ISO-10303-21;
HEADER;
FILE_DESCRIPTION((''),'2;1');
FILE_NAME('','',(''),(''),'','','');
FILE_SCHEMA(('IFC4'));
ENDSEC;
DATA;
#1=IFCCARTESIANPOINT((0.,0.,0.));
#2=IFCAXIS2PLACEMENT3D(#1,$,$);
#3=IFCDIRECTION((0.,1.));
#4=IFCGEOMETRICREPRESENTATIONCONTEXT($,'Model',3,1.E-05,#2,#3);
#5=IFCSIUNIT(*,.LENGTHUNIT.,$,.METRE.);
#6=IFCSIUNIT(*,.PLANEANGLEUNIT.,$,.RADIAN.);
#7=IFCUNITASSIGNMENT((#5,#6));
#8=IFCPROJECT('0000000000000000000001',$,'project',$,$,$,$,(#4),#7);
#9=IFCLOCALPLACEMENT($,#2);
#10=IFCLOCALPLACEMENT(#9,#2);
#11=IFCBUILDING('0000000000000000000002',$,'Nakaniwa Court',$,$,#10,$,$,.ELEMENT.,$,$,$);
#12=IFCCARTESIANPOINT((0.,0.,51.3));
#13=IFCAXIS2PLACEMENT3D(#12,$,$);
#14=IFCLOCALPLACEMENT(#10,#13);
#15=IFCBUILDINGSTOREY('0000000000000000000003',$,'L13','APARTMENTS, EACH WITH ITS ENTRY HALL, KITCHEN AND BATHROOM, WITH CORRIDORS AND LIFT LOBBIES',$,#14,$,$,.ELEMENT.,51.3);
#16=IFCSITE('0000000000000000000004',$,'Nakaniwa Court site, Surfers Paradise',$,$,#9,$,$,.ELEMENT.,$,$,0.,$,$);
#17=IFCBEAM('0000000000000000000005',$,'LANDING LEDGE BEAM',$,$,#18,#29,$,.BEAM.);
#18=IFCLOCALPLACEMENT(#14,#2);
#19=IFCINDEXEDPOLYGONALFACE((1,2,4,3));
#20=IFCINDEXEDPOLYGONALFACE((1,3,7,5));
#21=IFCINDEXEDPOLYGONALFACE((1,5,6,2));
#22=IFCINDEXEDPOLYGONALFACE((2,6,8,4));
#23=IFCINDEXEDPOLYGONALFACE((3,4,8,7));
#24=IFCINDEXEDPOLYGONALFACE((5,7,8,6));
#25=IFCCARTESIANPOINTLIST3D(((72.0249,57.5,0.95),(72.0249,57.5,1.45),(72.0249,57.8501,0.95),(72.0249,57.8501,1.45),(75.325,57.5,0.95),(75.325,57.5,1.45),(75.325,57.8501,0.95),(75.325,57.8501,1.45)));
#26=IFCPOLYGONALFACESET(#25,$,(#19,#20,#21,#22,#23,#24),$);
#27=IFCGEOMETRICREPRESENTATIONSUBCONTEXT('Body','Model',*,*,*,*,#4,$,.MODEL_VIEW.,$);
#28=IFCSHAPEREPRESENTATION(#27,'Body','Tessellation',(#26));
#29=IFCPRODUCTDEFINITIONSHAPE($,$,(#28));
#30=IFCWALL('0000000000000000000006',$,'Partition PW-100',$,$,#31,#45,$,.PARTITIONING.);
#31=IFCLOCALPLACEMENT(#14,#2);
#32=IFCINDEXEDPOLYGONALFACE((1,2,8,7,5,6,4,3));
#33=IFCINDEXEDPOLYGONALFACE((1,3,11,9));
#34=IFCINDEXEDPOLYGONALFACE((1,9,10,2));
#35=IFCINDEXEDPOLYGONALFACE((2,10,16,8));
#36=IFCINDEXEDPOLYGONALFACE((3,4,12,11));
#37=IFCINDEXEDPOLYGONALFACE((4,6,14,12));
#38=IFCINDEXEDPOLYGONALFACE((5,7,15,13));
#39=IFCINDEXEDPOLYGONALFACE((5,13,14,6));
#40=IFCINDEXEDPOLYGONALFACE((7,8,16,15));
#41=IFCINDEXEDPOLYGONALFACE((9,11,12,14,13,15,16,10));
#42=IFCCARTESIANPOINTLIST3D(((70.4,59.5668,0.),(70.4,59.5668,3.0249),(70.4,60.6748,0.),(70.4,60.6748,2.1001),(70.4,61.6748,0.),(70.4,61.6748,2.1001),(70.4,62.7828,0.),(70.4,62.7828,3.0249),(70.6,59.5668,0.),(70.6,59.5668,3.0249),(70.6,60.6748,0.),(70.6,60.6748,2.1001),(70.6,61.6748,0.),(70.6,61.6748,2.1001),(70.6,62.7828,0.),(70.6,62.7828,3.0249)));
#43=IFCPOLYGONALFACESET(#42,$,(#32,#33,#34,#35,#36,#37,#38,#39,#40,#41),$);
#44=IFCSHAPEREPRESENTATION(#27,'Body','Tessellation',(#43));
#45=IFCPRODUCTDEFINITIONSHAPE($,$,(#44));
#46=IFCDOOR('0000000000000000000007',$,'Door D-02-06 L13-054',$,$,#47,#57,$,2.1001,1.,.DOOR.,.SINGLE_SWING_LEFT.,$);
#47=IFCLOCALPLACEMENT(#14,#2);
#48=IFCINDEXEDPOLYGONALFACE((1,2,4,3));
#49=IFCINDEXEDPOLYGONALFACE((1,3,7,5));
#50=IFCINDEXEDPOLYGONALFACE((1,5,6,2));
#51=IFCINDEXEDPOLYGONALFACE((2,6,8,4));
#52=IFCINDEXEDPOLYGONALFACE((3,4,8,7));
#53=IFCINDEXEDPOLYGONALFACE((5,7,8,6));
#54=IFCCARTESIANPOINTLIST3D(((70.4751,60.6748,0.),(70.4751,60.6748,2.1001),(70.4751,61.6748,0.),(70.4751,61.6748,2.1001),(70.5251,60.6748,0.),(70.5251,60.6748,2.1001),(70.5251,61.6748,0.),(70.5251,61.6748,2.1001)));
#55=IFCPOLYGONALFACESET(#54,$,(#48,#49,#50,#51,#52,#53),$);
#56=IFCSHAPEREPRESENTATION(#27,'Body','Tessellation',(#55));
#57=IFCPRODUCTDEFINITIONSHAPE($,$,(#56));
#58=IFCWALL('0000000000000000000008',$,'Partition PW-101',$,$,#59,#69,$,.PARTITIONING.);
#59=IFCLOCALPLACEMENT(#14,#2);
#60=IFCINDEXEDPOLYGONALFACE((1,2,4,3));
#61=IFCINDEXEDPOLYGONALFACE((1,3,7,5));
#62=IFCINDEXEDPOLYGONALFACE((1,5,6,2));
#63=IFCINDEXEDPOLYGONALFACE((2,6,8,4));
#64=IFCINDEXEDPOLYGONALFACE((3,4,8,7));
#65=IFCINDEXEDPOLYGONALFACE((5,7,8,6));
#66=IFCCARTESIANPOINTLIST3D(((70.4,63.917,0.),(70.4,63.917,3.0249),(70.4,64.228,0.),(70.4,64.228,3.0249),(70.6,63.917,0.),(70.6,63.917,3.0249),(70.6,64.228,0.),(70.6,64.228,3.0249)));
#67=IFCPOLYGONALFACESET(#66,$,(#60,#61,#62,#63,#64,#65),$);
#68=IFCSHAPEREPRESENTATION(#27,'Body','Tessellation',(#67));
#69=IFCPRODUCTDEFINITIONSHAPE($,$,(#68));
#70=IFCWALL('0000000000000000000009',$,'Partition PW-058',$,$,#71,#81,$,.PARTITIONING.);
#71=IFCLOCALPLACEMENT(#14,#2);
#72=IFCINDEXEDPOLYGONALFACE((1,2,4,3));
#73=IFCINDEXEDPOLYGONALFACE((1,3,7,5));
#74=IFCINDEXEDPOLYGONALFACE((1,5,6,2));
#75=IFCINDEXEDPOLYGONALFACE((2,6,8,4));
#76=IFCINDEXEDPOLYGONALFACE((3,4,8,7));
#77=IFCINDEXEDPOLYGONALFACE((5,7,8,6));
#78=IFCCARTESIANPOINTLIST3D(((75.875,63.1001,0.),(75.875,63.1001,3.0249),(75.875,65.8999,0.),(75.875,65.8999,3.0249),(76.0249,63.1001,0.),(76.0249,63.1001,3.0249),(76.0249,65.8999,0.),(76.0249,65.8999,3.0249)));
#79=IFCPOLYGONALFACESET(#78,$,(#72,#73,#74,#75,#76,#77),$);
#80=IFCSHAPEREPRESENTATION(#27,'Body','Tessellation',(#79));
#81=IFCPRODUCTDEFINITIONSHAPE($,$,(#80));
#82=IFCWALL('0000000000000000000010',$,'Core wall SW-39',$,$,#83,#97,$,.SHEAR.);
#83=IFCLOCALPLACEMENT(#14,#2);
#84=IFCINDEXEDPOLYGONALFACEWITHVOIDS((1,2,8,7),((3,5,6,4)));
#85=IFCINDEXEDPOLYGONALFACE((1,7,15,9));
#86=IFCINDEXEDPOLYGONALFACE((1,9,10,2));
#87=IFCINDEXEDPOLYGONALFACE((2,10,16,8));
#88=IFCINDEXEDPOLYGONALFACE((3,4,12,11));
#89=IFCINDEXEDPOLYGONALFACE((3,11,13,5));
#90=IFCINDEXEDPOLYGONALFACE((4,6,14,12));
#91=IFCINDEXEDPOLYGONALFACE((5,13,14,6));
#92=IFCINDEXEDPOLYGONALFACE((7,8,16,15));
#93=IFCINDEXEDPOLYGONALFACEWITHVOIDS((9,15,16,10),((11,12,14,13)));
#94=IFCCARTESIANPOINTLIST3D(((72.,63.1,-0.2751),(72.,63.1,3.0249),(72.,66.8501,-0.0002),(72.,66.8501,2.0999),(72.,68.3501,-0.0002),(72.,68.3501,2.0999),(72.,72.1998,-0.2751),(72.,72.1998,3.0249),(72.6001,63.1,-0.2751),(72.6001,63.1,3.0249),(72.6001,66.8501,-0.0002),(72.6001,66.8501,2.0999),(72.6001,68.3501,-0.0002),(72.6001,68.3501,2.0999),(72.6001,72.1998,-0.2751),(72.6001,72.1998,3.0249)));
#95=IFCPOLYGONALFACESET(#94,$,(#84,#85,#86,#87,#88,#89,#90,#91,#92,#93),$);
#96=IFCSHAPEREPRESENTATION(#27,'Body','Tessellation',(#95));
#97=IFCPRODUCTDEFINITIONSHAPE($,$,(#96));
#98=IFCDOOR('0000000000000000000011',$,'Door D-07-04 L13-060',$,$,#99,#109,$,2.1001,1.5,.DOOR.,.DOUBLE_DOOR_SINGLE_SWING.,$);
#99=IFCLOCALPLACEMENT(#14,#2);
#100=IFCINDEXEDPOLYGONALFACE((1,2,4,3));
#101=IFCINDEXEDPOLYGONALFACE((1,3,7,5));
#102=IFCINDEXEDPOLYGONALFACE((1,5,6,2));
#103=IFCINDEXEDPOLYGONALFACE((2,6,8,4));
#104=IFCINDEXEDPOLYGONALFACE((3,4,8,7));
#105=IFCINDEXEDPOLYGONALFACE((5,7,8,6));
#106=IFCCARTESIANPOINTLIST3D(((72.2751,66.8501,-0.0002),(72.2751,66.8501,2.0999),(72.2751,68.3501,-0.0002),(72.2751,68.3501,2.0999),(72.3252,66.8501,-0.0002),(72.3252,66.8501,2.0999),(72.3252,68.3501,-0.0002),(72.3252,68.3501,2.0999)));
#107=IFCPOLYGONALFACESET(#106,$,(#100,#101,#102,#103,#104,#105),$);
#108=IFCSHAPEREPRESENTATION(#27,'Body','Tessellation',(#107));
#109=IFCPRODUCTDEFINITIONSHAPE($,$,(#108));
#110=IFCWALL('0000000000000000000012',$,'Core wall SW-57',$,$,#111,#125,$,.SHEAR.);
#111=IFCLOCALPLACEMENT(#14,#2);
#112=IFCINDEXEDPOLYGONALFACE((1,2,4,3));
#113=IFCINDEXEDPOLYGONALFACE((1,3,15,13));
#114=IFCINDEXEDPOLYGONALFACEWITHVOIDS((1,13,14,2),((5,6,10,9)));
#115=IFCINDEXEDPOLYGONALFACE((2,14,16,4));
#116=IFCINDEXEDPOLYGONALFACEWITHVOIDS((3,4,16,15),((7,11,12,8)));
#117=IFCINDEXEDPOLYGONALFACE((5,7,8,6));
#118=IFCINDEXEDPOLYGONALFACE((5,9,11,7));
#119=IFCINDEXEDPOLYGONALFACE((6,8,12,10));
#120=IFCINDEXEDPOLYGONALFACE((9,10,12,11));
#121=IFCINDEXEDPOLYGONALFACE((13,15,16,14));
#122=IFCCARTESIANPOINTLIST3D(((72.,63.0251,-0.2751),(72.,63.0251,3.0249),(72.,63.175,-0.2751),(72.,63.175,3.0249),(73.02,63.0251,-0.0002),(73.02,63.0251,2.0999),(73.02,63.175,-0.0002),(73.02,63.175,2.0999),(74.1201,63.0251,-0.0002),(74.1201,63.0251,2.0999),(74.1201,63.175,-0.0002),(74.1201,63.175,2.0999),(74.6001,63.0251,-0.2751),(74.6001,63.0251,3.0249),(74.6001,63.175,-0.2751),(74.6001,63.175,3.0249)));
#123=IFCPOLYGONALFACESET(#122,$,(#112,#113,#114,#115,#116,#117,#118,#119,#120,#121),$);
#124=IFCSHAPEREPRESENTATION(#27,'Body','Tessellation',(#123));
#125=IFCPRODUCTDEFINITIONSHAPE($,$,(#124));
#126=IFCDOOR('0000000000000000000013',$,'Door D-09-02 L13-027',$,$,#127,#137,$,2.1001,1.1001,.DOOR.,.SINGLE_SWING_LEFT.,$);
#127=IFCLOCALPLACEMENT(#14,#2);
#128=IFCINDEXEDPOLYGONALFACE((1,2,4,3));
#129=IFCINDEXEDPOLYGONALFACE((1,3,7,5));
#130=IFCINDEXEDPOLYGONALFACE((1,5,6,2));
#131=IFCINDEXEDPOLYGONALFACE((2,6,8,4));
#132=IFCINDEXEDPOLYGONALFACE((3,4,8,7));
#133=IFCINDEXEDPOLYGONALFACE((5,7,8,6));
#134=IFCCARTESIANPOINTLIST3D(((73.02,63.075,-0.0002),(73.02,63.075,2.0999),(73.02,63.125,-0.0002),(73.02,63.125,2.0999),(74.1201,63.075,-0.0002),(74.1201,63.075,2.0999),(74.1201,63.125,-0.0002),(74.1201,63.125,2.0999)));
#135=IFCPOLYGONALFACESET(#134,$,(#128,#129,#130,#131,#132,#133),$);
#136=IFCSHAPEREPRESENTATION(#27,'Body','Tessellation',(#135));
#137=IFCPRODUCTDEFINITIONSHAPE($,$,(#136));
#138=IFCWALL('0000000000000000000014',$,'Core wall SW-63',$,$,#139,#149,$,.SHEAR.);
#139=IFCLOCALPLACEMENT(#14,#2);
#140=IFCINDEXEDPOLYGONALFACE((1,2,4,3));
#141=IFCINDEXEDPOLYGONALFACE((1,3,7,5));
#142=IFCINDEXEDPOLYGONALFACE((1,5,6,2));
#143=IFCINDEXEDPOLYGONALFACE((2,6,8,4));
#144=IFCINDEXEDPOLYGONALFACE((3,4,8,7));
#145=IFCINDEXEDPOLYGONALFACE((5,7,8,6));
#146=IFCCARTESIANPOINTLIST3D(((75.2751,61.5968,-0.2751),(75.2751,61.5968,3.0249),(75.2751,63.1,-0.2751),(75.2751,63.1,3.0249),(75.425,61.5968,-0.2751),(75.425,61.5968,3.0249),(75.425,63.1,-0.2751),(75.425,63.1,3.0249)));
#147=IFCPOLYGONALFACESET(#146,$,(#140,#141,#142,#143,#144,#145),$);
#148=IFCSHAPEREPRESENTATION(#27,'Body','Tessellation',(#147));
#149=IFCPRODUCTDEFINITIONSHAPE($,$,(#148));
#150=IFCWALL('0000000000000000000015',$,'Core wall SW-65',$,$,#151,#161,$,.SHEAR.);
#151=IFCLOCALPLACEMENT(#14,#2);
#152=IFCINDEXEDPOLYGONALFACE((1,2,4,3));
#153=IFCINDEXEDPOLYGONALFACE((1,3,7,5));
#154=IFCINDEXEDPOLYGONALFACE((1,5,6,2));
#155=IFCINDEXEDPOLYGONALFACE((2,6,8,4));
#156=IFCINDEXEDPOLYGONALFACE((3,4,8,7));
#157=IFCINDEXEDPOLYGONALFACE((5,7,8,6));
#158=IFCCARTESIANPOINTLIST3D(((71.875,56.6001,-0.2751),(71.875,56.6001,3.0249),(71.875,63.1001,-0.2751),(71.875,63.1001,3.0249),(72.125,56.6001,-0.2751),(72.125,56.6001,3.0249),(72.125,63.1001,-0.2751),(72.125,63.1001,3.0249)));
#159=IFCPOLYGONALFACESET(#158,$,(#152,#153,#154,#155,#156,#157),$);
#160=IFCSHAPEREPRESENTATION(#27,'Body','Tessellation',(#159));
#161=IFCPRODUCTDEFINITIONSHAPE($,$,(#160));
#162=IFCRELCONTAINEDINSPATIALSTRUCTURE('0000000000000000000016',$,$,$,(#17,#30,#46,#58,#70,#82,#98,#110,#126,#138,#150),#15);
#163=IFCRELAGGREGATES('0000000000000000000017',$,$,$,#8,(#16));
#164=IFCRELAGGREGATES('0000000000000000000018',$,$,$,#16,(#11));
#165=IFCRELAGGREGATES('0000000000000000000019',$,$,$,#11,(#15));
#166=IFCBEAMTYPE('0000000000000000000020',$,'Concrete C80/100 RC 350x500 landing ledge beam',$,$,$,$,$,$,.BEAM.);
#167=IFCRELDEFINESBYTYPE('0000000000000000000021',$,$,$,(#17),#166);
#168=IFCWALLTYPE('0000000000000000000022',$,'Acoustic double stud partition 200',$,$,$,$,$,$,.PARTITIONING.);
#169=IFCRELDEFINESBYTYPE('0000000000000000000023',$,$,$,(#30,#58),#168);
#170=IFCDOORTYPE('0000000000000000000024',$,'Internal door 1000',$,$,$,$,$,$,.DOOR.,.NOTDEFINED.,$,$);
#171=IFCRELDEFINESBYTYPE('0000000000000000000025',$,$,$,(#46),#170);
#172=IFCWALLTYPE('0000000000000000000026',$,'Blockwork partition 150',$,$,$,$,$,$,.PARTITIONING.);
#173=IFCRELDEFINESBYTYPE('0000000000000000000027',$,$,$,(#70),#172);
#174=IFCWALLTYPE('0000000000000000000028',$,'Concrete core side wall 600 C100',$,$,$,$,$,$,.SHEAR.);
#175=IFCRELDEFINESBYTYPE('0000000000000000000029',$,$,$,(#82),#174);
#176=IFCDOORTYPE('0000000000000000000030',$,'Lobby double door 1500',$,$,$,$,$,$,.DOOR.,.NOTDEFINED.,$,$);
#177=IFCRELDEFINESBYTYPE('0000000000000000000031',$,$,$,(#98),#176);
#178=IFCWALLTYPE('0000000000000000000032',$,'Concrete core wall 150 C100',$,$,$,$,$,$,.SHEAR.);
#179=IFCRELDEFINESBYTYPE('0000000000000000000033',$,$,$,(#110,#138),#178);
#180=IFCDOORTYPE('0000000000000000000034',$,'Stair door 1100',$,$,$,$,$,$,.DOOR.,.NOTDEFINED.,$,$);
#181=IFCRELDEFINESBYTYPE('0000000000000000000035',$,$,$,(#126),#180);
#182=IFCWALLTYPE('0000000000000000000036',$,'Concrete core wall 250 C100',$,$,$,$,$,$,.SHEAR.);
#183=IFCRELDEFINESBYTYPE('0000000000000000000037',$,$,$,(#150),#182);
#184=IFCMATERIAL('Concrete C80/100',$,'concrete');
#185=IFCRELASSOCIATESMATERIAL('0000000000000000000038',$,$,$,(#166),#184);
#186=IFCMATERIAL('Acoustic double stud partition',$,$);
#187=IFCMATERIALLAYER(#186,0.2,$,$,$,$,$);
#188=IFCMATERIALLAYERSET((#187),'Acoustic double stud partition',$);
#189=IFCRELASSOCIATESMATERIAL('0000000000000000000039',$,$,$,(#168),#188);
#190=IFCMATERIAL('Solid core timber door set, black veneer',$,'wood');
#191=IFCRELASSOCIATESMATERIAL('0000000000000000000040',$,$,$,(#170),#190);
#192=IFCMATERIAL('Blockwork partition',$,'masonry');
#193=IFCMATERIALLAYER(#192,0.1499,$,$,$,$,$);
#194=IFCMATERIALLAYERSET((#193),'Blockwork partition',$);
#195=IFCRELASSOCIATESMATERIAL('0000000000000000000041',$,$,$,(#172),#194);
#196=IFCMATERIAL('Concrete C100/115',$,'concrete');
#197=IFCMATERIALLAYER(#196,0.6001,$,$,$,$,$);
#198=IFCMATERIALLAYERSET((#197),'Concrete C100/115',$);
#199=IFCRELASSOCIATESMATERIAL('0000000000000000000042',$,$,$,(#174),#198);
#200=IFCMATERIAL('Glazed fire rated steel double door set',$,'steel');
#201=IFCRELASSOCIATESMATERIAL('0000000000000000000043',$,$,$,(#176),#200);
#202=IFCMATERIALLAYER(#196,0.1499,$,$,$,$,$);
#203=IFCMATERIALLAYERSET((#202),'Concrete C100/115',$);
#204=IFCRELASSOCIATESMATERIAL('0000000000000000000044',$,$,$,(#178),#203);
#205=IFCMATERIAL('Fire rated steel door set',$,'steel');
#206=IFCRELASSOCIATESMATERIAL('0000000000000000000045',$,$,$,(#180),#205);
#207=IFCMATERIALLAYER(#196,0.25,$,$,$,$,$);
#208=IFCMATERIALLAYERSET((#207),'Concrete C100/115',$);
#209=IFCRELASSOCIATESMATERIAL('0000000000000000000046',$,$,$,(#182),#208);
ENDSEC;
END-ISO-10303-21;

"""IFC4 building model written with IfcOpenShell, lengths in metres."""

from ifc_helpers import new_model, si_unit, direction, frame, frame_2d, origin, origin_2d, place, context, subcontext, project, spatial, rectangle, extrude, material, layer, layer_set, material_profile, profile_set, type_object, element, fill, save


model = new_model("IFC4")

# Units and contexts
model_context = context("Model", 3, precision=1e-05, world=origin(), true_north=direction((0.0, 1.0)))
body_context = subcontext(model_context, "Body", "Model", "MODEL_VIEW")
ifc_project = project(units=[si_unit("LENGTHUNIT", "METRE"), si_unit("PLANEANGLEUNIT", "RADIAN")], contexts=[model_context])

# Site, building, storey
site_placement = place(None, origin())
site = spatial("IfcSite", under=ifc_project, at=site_placement, Name="Nakaniwa Court site, Surfers Paradise", CompositionType="ELEMENT", RefElevation=0.0)
building_placement = place(site_placement, origin())
building = spatial("IfcBuilding", under=site, at=building_placement, Name="Nakaniwa Court", CompositionType="ELEMENT")
storey_placement = place(building_placement, frame((0.0, 0.0, 51.3)))
storey = spatial("IfcBuildingStorey", under=building, at=storey_placement, Name="L13", Description="APARTMENTS, EACH WITH ITS ENTRY HALL, KITCHEN AND BATHROOM, WITH CORRIDORS AND LIFT LOBBIES", CompositionType="ELEMENT", Elevation=51.3)

# Beam
ifc_material_1 = material(Name="Concrete C80/100", Category="concrete")
ifc_material_profile = material_profile(ifc_material_1, rectangle(XDim=0.3501, YDim=0.5, at=origin_2d()), Name="Concrete C80/100 RC 350x500 landing ledge beam")
ifc_profile_set = profile_set([ifc_material_profile], Name="Concrete C80/100")
beam_type = type_object("IfcBeamType", Name="Concrete C80/100 RC 350x500 landing ledge beam", PredefinedType="BEAM", material=ifc_profile_set)
beam_placement = place(storey_placement, frame((72.0249, 57.675, 1.2), z_axis=(1.0, 0.0, 0.0), x_axis=(0.0, 1.0, 0.0)))
element("IfcBeam", 1, at=beam_placement, inside=storey, type_object=beam_type, Name="LANDING LEDGE BEAM", PredefinedType="BEAM", context=body_context, shape_type="SweptSolid", body=[
    extrude(rectangle(XDim=0.3501, YDim=0.5, at=origin_2d()), origin(), (0.0, 0.0, 1.0), 3.3),
])

# Wall, opening, door
ifc_material_2 = material(Name="Acoustic double stud partition")
ifc_layer_1 = layer(ifc_material_2, 0.2)
ifc_layer_set_1 = layer_set([ifc_layer_1], Name="Acoustic double stud partition")
wall_type_1 = type_object("IfcWallType", Name="Acoustic double stud partition 200", PredefinedType="PARTITIONING", material=ifc_layer_set_1)
wall_1_placement = place(storey_placement, frame((70.5, 59.5669, 0.0), z_axis=(0.0, 0.0, 1.0), x_axis=(0.0, 1.0, 0.0)))
wall_1 = element("IfcWall", 2, at=wall_1_placement, inside=storey, type_object=wall_type_1, Name="Partition PW-100", PredefinedType="PARTITIONING", context=body_context, shape_type="SweptSolid", body=[
    extrude(rectangle(XDim=3.2161, YDim=0.2, at=frame_2d((1.6079, 0.0))), origin(), (0.0, 0.0, 1.0), 3.0249),
])
opening_1_placement = place(wall_1_placement, frame((1.1079, 0.0, 0.0)))
opening_1 = element("IfcOpeningElement", 3, at=opening_1_placement, cuts=wall_1, PredefinedType="OPENING", context=body_context, shape_type="SweptSolid", body=[
    extrude(rectangle(XDim=1.0, YDim=2.1001, at=frame_2d((0.5, 1.05))), frame((0.0, 0.1099, 0.0), z_axis=(0.0, -1.0, 0.0), x_axis=(1.0, 0.0, 0.0)), (0.0, 0.0, 1.0), 0.22),
])
ifc_material_3 = material(Name="Solid core timber door set, black veneer", Category="wood")
door_type_1 = type_object("IfcDoorType", Name="Internal door 1000", OperationType="NOTDEFINED", PredefinedType="DOOR", material=ifc_material_3)
door_1_placement = place(opening_1_placement, origin())
door_1 = element("IfcDoor", 4, at=door_1_placement, inside=storey, type_object=door_type_1, Name="Door D-02-06 L13-054", OperationType="SINGLE_SWING_LEFT", OverallHeight=2.1001, OverallWidth=1.0, PredefinedType="DOOR", context=body_context, shape_type="SweptSolid", body=[
    extrude(rectangle(XDim=1.0, YDim=2.1001, at=frame_2d((0.5, 1.05))), frame((0.0, 0.0249, 0.0), z_axis=(0.0, -1.0, 0.0), x_axis=(1.0, 0.0, 0.0)), (0.0, 0.0, 1.0), 0.05),
])
fill(opening_1, door_1)

# Walls
wall_2_placement = place(storey_placement, frame((70.5, 63.917, 0.0), z_axis=(0.0, 0.0, 1.0), x_axis=(0.0, 1.0, 0.0)))
element("IfcWall", 5, at=wall_2_placement, inside=storey, type_object=wall_type_1, Name="Partition PW-101", PredefinedType="PARTITIONING", context=body_context, shape_type="SweptSolid", body=[
    extrude(rectangle(XDim=0.311, YDim=0.2, at=frame_2d((0.1555, 0.0))), origin(), (0.0, 0.0, 1.0), 3.0249),
])
ifc_material_4 = material(Name="Blockwork partition", Category="masonry")
ifc_layer_2 = layer(ifc_material_4, 0.1499)
ifc_layer_set_2 = layer_set([ifc_layer_2], Name="Blockwork partition")
wall_type_2 = type_object("IfcWallType", Name="Blockwork partition 150", PredefinedType="PARTITIONING", material=ifc_layer_set_2)
wall_3_placement = place(storey_placement, frame((75.95, 63.1001, 0.0), z_axis=(0.0, 0.0, 1.0), x_axis=(0.0, 1.0, 0.0)))
element("IfcWall", 6, at=wall_3_placement, inside=storey, type_object=wall_type_2, Name="Partition PW-058", PredefinedType="PARTITIONING", context=body_context, shape_type="SweptSolid", body=[
    extrude(rectangle(XDim=2.7998, YDim=0.1499, at=frame_2d((1.3999, 0.0))), origin(), (0.0, 0.0, 1.0), 3.0249),
])

# Walls, openings, doors
ifc_material_5 = material(Name="Concrete C100/115", Category="concrete")
ifc_layer_3 = layer(ifc_material_5, 0.6001)
ifc_layer_set_3 = layer_set([ifc_layer_3], Name="Concrete C100/115")
wall_type_3 = type_object("IfcWallType", Name="Concrete core side wall 600 C100", PredefinedType="SHEAR", material=ifc_layer_set_3)
wall_4_placement = place(storey_placement, frame((72.3, 63.1001, -0.2751), z_axis=(0.0, 0.0, 1.0), x_axis=(0.0, 1.0, 0.0)))
wall_4 = element("IfcWall", 7, at=wall_4_placement, inside=storey, type_object=wall_type_3, Name="Core wall SW-39", PredefinedType="SHEAR", context=body_context, shape_type="SweptSolid", body=[
    extrude(rectangle(XDim=9.0999, YDim=0.6001, at=frame_2d((4.5498, 0.0))), origin(), (0.0, 0.0, 1.0), 3.3),
])
opening_2_placement = place(wall_4_placement, frame((3.75, 0.0, 0.2749)))
opening_2 = element("IfcOpeningElement", 8, at=opening_2_placement, cuts=wall_4, PredefinedType="OPENING", context=body_context, shape_type="SweptSolid", body=[
    extrude(rectangle(XDim=1.5, YDim=2.1001, at=frame_2d((0.75, 1.05))), frame((0.0, 0.3101, 0.0), z_axis=(0.0, -1.0, 0.0), x_axis=(1.0, 0.0, 0.0)), (0.0, 0.0, 1.0), 0.6201),
])
ifc_material_6 = material(Name="Glazed fire rated steel double door set", Category="steel")
door_type_2 = type_object("IfcDoorType", Name="Lobby double door 1500", OperationType="NOTDEFINED", PredefinedType="DOOR", material=ifc_material_6)
door_2_placement = place(opening_2_placement, origin())
door_2 = element("IfcDoor", 9, at=door_2_placement, inside=storey, type_object=door_type_2, Name="Door D-07-04 L13-060", OperationType="DOUBLE_DOOR_SINGLE_SWING", OverallHeight=2.1001, OverallWidth=1.5, PredefinedType="DOOR", context=body_context, shape_type="SweptSolid", body=[
    extrude(rectangle(XDim=1.5, YDim=2.1001, at=frame_2d((0.75, 1.05))), frame((0.0, 0.0249, 0.0), z_axis=(0.0, -1.0, 0.0), x_axis=(1.0, 0.0, 0.0)), (0.0, 0.0, 1.0), 0.05),
])
fill(opening_2, door_2)
ifc_layer_4 = layer(ifc_material_5, 0.1499)
ifc_layer_set_4 = layer_set([ifc_layer_4], Name="Concrete C100/115")
wall_type_4 = type_object("IfcWallType", Name="Concrete core wall 150 C100", PredefinedType="SHEAR", material=ifc_layer_set_4)
wall_5_placement = place(storey_placement, frame((72.0, 63.1001, -0.2751), z_axis=(0.0, 0.0, 1.0), x_axis=(1.0, 0.0, 0.0)))
wall_5 = element("IfcWall", 10, at=wall_5_placement, inside=storey, type_object=wall_type_4, Name="Core wall SW-57", PredefinedType="SHEAR", context=body_context, shape_type="SweptSolid", body=[
    extrude(rectangle(XDim=2.6001, YDim=0.1499, at=frame_2d((1.3, 0.0))), origin(), (0.0, 0.0, 1.0), 3.3),
])
opening_3_placement = place(wall_5_placement, frame((1.02, 0.0, 0.2749)))
opening_3 = element("IfcOpeningElement", 11, at=opening_3_placement, cuts=wall_5, PredefinedType="OPENING", context=body_context, shape_type="SweptSolid", body=[
    extrude(rectangle(XDim=1.1001, YDim=2.1001, at=frame_2d((0.55, 1.05))), frame((0.0, 0.085, 0.0), z_axis=(0.0, -1.0, 0.0), x_axis=(1.0, 0.0, 0.0)), (0.0, 0.0, 1.0), 0.1699),
])
ifc_material_7 = material(Name="Fire rated steel door set", Category="steel")
door_type_3 = type_object("IfcDoorType", Name="Stair door 1100", OperationType="NOTDEFINED", PredefinedType="DOOR", material=ifc_material_7)
door_3_placement = place(opening_3_placement, origin())
door_3 = element("IfcDoor", 12, at=door_3_placement, inside=storey, type_object=door_type_3, Name="Door D-09-02 L13-027", OperationType="SINGLE_SWING_LEFT", OverallHeight=2.1001, OverallWidth=1.1001, PredefinedType="DOOR", context=body_context, shape_type="SweptSolid", body=[
    extrude(rectangle(XDim=1.1001, YDim=2.1001, at=frame_2d((0.55, 1.05))), frame((0.0, 0.0249, 0.0), z_axis=(0.0, -1.0, 0.0), x_axis=(1.0, 0.0, 0.0)), (0.0, 0.0, 1.0), 0.05),
])
fill(opening_3, door_3)

# Walls
wall_6_placement = place(storey_placement, frame((75.3501, 61.5969, -0.2751), z_axis=(0.0, 0.0, 1.0), x_axis=(0.0, 1.0, 0.0)))
element("IfcWall", 13, at=wall_6_placement, inside=storey, type_object=wall_type_4, Name="Core wall SW-63", PredefinedType="SHEAR", context=body_context, shape_type="SweptSolid", body=[
    extrude(rectangle(XDim=1.5032, YDim=0.1499, at=frame_2d((0.7515, 0.0))), origin(), (0.0, 0.0, 1.0), 3.3),
])
ifc_layer_5 = layer(ifc_material_5, 0.25)
ifc_layer_set_5 = layer_set([ifc_layer_5], Name="Concrete C100/115")
wall_type_5 = type_object("IfcWallType", Name="Concrete core wall 250 C100", PredefinedType="SHEAR", material=ifc_layer_set_5)
wall_7_placement = place(storey_placement, frame((72.0, 56.6001, -0.2751), z_axis=(0.0, 0.0, 1.0), x_axis=(0.0, 1.0, 0.0)))
element("IfcWall", 14, at=wall_7_placement, inside=storey, type_object=wall_type_5, Name="Core wall SW-65", PredefinedType="SHEAR", context=body_context, shape_type="SweptSolid", body=[
    extrude(rectangle(XDim=6.5, YDim=0.25, at=frame_2d((3.25, 0.0))), origin(), (0.0, 0.0, 1.0), 3.3),
])

save(model, "model.ifc")
